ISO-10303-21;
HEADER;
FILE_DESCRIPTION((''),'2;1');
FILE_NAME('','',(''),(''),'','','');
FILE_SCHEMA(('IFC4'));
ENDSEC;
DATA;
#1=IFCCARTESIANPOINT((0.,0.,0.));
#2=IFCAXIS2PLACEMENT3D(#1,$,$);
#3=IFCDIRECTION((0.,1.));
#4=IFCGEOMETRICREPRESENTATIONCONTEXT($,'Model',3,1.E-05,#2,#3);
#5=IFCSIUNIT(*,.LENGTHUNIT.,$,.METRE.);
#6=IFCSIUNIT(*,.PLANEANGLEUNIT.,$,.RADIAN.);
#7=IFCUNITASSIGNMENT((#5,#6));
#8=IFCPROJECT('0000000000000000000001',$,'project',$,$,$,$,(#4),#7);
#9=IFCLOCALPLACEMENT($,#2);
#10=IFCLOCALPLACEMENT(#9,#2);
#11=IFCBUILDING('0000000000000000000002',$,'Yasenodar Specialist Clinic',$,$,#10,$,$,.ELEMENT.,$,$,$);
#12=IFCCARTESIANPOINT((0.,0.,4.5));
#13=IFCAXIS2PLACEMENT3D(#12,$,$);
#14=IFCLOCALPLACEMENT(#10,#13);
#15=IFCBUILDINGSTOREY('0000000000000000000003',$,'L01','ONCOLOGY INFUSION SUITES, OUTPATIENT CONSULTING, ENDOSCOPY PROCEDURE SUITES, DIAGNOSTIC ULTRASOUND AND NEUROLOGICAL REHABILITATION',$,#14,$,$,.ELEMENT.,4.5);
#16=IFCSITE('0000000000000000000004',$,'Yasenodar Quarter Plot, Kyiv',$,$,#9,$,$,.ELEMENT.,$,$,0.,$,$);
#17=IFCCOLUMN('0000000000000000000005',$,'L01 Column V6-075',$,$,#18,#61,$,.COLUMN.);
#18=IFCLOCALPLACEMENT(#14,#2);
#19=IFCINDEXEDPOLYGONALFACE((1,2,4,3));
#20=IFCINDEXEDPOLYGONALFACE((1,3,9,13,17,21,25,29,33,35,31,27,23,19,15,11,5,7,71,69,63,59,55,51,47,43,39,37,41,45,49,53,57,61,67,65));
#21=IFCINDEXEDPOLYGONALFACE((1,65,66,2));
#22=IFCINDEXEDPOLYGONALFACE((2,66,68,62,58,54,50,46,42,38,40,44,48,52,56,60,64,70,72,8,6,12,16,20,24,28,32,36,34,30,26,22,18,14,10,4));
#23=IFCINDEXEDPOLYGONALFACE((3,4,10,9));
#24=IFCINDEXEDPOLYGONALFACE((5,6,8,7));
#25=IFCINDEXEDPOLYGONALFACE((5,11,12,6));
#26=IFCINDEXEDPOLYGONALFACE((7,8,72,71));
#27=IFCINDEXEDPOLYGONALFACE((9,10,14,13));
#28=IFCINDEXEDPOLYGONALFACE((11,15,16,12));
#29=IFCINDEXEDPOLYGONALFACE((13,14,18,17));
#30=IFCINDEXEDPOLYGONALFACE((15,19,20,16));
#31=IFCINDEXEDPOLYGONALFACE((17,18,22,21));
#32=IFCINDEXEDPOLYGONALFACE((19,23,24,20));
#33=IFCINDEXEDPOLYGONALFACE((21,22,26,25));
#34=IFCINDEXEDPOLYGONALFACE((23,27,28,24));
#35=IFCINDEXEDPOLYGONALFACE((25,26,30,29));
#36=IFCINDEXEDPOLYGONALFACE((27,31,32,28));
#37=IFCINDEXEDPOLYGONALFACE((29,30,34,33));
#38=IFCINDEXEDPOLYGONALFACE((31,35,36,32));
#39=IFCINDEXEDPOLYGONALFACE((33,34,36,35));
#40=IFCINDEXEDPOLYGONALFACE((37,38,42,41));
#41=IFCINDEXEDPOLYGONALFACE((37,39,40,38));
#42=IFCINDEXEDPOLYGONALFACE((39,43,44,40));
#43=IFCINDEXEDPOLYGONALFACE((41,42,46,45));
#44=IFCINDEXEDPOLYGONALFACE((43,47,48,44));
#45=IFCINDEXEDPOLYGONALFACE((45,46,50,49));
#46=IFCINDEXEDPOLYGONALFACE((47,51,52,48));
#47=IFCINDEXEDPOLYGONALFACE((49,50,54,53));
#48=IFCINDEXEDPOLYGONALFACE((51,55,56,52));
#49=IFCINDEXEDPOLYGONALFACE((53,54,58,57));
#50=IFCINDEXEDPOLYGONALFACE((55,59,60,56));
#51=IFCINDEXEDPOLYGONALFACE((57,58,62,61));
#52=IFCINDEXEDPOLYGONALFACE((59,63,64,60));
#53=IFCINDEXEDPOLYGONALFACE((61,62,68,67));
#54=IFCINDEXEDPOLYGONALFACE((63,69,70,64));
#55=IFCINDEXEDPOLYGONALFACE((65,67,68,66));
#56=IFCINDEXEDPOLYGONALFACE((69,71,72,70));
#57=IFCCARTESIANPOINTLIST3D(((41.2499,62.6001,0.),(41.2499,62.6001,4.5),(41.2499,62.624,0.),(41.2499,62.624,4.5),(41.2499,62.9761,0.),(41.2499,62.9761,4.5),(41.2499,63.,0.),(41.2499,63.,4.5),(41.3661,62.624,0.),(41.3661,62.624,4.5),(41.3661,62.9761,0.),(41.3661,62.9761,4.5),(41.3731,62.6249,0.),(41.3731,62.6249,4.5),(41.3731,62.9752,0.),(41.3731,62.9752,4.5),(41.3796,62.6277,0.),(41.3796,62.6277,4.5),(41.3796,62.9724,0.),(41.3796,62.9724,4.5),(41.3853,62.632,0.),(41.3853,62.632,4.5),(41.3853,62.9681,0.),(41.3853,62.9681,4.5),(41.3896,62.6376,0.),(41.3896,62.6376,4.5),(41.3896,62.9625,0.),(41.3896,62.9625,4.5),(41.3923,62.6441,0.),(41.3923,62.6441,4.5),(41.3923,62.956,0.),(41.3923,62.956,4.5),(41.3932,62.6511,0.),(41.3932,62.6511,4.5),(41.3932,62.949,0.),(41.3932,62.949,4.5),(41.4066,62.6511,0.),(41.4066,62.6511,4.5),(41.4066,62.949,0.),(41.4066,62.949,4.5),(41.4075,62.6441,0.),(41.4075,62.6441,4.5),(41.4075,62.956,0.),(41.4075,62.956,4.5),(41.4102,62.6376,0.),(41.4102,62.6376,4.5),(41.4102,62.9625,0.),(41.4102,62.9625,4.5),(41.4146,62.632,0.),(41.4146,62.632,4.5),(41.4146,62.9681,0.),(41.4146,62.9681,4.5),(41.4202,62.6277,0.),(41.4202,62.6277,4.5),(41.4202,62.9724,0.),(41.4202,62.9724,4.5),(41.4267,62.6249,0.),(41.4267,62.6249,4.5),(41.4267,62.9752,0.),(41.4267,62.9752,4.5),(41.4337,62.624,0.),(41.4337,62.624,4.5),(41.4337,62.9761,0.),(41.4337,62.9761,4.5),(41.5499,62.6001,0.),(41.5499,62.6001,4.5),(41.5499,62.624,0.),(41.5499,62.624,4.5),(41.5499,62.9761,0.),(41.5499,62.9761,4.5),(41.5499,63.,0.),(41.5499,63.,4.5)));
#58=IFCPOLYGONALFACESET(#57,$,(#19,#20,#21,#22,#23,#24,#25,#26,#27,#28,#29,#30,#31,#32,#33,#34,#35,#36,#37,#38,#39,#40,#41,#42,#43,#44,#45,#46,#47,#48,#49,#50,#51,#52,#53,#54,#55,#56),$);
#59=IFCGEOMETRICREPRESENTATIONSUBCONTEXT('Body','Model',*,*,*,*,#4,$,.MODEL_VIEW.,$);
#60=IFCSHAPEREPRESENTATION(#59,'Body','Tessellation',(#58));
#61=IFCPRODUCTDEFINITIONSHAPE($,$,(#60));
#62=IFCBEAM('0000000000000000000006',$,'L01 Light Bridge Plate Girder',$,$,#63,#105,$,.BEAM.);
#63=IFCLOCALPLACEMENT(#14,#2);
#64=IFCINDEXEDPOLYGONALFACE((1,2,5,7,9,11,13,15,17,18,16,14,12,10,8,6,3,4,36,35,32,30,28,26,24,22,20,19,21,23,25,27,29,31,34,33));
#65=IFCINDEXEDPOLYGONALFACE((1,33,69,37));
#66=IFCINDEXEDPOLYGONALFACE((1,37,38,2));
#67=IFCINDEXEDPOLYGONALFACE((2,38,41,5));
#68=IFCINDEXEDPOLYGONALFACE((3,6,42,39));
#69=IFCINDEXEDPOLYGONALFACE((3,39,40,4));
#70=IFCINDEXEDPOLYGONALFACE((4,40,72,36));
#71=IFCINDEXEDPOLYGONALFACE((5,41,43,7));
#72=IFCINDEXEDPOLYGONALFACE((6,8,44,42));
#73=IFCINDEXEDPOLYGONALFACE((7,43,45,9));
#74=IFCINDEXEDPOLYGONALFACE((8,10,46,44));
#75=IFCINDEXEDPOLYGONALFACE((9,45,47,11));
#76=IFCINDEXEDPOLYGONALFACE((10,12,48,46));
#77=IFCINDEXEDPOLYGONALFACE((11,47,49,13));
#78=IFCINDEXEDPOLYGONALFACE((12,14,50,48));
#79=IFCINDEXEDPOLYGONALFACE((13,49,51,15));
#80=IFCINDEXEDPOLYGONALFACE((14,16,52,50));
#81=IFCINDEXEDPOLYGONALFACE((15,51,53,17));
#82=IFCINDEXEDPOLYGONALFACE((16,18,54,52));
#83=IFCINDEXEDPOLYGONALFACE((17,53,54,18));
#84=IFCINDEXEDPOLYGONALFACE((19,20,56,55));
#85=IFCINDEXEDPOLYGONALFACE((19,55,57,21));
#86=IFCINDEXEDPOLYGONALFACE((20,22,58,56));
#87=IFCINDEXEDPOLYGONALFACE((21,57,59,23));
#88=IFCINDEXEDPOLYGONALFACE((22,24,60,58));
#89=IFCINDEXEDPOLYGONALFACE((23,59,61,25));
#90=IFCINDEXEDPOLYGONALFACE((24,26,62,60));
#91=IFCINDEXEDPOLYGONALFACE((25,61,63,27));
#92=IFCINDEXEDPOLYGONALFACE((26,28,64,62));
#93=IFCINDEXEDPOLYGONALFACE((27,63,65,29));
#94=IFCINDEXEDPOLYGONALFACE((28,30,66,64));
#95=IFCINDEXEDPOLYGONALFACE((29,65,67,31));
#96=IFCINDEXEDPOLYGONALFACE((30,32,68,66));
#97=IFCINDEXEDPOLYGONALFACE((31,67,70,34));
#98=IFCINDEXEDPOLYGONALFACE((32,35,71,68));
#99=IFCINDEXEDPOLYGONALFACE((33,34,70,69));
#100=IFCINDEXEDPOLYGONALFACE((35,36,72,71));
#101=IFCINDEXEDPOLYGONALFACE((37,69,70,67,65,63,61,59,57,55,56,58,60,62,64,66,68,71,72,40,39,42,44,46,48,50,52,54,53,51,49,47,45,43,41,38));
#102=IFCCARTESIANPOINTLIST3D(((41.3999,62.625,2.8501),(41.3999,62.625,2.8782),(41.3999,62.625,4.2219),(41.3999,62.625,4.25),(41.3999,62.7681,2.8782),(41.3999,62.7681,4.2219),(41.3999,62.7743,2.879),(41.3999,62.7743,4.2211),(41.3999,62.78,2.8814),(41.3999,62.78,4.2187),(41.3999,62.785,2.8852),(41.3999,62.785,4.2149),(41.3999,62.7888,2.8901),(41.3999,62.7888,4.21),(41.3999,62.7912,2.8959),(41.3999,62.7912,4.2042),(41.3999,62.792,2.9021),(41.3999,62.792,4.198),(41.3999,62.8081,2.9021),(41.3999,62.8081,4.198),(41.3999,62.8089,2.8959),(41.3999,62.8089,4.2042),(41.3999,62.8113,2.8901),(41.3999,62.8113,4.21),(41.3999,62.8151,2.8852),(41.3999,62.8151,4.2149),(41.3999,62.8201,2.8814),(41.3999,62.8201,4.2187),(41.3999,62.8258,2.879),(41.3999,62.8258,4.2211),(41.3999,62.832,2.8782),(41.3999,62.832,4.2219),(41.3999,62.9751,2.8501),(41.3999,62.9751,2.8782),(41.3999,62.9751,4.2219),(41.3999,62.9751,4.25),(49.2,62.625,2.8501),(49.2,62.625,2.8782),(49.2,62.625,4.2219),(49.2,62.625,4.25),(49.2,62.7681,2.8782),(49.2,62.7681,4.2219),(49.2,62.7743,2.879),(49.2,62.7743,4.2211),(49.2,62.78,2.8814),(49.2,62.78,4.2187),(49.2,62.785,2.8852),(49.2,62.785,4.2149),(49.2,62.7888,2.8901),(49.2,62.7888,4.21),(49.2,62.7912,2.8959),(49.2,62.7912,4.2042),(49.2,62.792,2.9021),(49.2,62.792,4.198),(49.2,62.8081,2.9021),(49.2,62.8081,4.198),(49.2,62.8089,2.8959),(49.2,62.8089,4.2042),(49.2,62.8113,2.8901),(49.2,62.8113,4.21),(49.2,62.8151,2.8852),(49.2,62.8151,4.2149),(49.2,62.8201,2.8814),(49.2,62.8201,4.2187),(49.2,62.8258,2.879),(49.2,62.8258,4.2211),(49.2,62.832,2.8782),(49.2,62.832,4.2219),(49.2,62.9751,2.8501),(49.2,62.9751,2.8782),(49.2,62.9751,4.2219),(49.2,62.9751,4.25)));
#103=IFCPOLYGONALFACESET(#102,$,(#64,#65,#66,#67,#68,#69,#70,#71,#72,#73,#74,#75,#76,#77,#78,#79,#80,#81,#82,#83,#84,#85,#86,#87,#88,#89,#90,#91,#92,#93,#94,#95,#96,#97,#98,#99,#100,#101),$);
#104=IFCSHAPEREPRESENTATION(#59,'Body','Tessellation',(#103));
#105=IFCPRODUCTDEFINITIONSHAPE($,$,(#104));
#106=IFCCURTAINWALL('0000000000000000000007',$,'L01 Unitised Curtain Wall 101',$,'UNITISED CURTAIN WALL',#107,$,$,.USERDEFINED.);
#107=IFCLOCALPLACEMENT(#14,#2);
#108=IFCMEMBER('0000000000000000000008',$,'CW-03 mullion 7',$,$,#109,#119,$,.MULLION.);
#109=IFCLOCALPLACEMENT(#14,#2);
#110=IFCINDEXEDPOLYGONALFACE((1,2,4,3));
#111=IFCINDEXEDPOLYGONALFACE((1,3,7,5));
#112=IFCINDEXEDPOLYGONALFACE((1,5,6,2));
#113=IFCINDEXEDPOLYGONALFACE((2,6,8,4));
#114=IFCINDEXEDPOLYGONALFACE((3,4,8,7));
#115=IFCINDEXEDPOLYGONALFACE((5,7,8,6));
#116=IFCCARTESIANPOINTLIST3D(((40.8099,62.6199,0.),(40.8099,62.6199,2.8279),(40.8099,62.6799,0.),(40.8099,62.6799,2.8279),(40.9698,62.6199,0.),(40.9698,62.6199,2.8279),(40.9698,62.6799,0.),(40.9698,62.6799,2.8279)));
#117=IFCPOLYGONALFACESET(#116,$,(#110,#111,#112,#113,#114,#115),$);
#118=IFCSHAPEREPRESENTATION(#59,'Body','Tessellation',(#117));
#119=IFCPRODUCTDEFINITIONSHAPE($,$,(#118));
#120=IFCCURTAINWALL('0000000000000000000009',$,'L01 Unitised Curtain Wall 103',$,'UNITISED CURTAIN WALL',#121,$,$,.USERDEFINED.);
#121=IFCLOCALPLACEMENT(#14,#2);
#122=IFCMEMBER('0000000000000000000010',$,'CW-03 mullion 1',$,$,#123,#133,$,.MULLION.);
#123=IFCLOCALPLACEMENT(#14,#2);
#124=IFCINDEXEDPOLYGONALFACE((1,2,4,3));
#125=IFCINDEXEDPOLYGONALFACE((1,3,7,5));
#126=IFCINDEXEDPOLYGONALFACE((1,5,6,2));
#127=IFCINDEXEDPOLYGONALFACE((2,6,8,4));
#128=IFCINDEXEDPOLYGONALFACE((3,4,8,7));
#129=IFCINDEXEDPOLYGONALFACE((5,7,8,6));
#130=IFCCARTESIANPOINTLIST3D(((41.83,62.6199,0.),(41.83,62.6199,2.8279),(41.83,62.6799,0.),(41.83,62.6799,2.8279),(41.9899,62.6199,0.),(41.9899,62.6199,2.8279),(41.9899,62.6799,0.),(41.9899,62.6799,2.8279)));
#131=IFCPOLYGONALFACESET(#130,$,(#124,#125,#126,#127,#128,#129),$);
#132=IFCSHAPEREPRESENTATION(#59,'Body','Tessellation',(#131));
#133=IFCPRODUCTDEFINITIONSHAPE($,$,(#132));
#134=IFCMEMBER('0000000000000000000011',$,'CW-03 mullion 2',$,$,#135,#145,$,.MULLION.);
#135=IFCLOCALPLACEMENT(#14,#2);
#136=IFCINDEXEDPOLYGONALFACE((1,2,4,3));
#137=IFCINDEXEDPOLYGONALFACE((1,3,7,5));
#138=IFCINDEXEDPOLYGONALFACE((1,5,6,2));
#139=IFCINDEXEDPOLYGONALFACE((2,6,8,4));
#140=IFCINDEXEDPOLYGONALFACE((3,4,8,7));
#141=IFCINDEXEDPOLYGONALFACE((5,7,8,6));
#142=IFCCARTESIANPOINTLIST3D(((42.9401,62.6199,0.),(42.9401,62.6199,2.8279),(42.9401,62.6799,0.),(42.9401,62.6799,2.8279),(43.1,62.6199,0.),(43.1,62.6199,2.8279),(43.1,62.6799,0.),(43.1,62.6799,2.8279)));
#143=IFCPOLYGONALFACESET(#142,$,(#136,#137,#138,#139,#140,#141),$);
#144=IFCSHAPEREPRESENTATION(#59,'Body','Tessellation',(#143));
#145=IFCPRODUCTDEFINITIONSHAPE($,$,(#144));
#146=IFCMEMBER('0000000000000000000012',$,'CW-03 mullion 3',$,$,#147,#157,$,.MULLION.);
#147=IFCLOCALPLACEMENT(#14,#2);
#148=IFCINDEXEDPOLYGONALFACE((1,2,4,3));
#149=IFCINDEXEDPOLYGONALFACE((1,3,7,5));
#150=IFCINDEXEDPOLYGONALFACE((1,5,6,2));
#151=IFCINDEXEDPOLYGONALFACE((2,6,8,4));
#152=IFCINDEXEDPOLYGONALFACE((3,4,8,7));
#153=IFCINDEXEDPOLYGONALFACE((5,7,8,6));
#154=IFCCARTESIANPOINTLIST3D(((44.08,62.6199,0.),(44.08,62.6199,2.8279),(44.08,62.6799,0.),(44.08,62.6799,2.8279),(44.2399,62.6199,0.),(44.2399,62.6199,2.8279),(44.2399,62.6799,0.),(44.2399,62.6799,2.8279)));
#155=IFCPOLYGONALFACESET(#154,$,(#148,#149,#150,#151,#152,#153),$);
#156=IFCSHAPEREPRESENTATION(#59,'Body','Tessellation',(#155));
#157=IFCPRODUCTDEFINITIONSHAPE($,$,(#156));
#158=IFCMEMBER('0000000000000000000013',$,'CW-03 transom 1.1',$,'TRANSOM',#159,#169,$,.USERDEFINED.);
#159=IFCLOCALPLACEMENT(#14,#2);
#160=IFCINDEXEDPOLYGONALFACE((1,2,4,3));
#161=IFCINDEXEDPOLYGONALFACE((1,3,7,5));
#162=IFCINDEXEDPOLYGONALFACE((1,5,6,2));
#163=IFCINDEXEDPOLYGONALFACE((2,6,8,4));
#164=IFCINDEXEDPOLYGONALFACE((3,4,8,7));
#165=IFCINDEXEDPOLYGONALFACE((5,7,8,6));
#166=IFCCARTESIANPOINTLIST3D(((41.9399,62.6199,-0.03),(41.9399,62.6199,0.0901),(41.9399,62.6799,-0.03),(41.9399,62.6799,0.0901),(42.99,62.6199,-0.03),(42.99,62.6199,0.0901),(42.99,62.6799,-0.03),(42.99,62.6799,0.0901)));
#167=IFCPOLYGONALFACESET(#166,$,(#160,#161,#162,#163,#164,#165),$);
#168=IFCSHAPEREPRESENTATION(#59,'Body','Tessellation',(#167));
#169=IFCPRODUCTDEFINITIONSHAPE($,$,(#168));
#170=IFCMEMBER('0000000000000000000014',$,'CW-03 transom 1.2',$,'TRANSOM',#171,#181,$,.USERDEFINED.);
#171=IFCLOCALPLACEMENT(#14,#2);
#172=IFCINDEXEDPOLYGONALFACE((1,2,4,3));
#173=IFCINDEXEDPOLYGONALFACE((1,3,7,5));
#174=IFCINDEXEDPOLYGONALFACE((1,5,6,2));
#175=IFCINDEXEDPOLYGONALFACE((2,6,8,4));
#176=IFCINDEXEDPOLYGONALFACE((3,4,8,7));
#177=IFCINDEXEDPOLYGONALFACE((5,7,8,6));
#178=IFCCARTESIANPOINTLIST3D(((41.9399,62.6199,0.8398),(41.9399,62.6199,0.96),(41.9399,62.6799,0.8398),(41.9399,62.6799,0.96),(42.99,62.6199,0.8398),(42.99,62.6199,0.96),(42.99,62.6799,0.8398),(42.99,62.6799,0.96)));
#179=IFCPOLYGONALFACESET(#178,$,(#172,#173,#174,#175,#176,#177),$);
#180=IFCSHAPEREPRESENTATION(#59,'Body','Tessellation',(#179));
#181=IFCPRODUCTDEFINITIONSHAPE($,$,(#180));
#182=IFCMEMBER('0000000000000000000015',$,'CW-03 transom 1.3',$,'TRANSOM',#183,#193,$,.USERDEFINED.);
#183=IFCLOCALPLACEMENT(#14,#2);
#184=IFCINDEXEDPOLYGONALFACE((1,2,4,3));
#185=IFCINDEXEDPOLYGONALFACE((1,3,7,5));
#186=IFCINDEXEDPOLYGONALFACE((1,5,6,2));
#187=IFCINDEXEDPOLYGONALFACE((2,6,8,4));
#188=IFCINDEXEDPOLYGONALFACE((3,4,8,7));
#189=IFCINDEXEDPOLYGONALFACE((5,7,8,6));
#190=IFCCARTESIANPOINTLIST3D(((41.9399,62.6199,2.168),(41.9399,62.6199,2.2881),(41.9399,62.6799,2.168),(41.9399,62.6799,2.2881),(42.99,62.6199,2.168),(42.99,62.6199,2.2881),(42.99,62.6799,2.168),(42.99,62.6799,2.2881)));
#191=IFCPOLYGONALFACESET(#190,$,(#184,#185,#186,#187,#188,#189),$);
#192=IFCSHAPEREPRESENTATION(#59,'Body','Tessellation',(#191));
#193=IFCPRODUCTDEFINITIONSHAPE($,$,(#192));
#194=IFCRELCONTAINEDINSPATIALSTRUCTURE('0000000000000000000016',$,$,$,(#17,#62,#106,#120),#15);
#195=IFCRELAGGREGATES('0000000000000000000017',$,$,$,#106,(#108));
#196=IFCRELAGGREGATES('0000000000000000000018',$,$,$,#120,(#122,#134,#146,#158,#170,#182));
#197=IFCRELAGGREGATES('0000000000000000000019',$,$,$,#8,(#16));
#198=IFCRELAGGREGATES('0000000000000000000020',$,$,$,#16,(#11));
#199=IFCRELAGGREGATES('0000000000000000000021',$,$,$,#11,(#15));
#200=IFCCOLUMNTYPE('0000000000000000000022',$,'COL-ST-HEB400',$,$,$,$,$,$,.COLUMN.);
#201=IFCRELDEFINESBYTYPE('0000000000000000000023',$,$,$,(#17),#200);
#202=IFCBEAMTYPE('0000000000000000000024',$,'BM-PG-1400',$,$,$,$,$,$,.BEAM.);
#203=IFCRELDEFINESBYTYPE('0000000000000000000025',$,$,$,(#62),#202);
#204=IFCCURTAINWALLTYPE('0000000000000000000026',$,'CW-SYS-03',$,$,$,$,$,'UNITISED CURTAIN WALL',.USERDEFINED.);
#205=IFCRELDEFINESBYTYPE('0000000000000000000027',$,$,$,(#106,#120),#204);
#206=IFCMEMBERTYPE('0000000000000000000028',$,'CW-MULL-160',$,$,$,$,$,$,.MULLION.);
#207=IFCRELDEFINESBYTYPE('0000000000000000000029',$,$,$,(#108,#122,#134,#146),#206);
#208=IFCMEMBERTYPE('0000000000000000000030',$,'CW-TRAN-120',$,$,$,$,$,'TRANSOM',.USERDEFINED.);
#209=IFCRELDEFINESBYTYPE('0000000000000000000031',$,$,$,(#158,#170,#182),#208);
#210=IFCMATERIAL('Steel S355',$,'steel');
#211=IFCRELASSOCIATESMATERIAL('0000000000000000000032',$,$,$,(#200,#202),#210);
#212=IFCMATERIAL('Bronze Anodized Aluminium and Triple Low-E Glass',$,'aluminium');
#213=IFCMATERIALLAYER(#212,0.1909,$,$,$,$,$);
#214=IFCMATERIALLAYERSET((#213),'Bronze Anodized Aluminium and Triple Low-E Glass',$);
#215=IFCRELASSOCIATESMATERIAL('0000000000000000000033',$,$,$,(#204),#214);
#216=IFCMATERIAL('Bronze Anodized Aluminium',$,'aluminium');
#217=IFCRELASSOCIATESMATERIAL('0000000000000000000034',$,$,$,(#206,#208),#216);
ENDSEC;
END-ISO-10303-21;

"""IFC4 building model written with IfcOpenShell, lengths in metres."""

from ifc_helpers import new_model, si_unit, direction, frame, origin, origin_2d, place, context, subcontext, project, spatial, rectangle, i_section, extrude, material, layer, layer_set, material_profile, profile_set, type_object, element, aggregate, save


model = new_model("IFC4")

# Units and contexts
model_context = context("Model", 3, precision=1e-05, world=origin(), true_north=direction((0.0, 1.0)))
body_context = subcontext(model_context, "Body", "Model", "MODEL_VIEW")
ifc_project = project(units=[si_unit("LENGTHUNIT", "METRE"), si_unit("PLANEANGLEUNIT", "RADIAN")], contexts=[model_context])

# Site, building, storey
site_placement = place(None, origin())
site = spatial("IfcSite", under=ifc_project, at=site_placement, Name="Yasenodar Quarter Plot, Kyiv", CompositionType="ELEMENT", RefElevation=0.0)
building_placement = place(site_placement, origin())
building = spatial("IfcBuilding", under=site, at=building_placement, Name="Yasenodar Specialist Clinic", CompositionType="ELEMENT")
storey_placement = place(building_placement, frame((0.0, 0.0, 4.5)))
storey = spatial("IfcBuildingStorey", under=building, at=storey_placement, Name="L01", Description="ONCOLOGY INFUSION SUITES, OUTPATIENT CONSULTING, ENDOSCOPY PROCEDURE SUITES, DIAGNOSTIC ULTRASOUND AND NEUROLOGICAL REHABILITATION", CompositionType="ELEMENT", Elevation=4.5)

# Column
ifc_material_1 = material(Name="Steel S355", Category="steel")
ifc_material_profile_1 = material_profile(ifc_material_1, i_section(OverallWidth=0.3, OverallDepth=0.3999, WebThickness=0.0134, FlangeThickness=0.0239, FilletRadius=0.0271, at=origin_2d()), Name="HEB 400")
ifc_profile_set_1 = profile_set([ifc_material_profile_1], Name="Steel S355")
column_type = type_object("IfcColumnType", Name="COL-ST-HEB400", PredefinedType="COLUMN", material=ifc_profile_set_1)
column_placement = place(storey_placement, frame((41.3999, 62.8, 0.0), z_axis=(0.0, 0.0, 1.0), x_axis=(1.0, 0.0, 0.0)))
element("IfcColumn", 1, at=column_placement, inside=storey, type_object=column_type, Name="L01 Column V6-075", PredefinedType="COLUMN", context=body_context, shape_type="SweptSolid", body=[
    extrude(i_section(OverallWidth=0.3, OverallDepth=0.3999, WebThickness=0.0134, FlangeThickness=0.0239, FilletRadius=0.0271, at=origin_2d()), origin(), (0.0, 0.0, 1.0), 4.5),
])

# Beam
ifc_material_profile_2 = material_profile(ifc_material_1, i_section(OverallWidth=0.3501, OverallDepth=1.3999, WebThickness=0.0161, FlangeThickness=0.0281, FilletRadius=0.0239, at=origin_2d()), Name="PG 1400x350")
ifc_profile_set_2 = profile_set([ifc_material_profile_2], Name="Steel S355")
beam_type = type_object("IfcBeamType", Name="BM-PG-1400", PredefinedType="BEAM", material=ifc_profile_set_2)
beam_placement = place(storey_placement, frame((41.3999, 62.8, 3.55), z_axis=(1.0, 0.0, 0.0), x_axis=(0.0, 1.0, 0.0)))
element("IfcBeam", 2, at=beam_placement, inside=storey, type_object=beam_type, Name="L01 Light Bridge Plate Girder", PredefinedType="BEAM", context=body_context, shape_type="SweptSolid", body=[
    extrude(i_section(OverallWidth=0.3501, OverallDepth=1.3999, WebThickness=0.0161, FlangeThickness=0.0281, FilletRadius=0.0239, at=origin_2d()), origin(), (0.0, 0.0, 1.0), 7.8),
])

# Curtain wall, member
ifc_material_2 = material(Name="Bronze Anodized Aluminium and Triple Low-E Glass", Category="aluminium")
ifc_layer_1 = layer(ifc_material_2, 0.1909)
ifc_layer_set_1 = layer_set([ifc_layer_1], Name="Bronze Anodized Aluminium and Triple Low-E Glass")
curtain_wall_type = type_object("IfcCurtainWallType", Name="CW-SYS-03", ElementType="UNITISED CURTAIN WALL", PredefinedType="USERDEFINED", material=ifc_layer_set_1)
curtain_wall_1_placement = place(storey_placement, origin())
curtain_wall_1 = element("IfcCurtainWall", 3, at=curtain_wall_1_placement, inside=storey, type_object=curtain_wall_type, Name="L01 Unitised Curtain Wall 101", ObjectType="UNITISED CURTAIN WALL", PredefinedType="USERDEFINED")
ifc_material_3 = material(Name="Bronze Anodized Aluminium", Category="aluminium")
ifc_material_profile_3 = material_profile(ifc_material_3, rectangle(XDim=0.0601, YDim=0.1599, at=origin_2d()), Name="CW-MULL 60x160")
ifc_profile_set_3 = profile_set([ifc_material_profile_3], Name="Bronze Anodized Aluminium")
member_type_1 = type_object("IfcMemberType", Name="CW-MULL-160", PredefinedType="MULLION", material=ifc_profile_set_3)
member_1_placement = place(storey_placement, frame((40.8899, 62.6499, 0.0), z_axis=(0.0, 0.0, 1.0), x_axis=(0.0, 1.0, 0.0)))
member_1 = element("IfcMember", 4, at=member_1_placement, type_object=member_type_1, Name="CW-03 mullion 7", PredefinedType="MULLION", context=body_context, shape_type="SweptSolid", body=[
    extrude(rectangle(XDim=0.0601, YDim=0.1599, at=origin_2d()), origin(), (0.0, 0.0, 1.0), 2.8279),
])

# Curtain wall, members
curtain_wall_2_placement = place(storey_placement, origin())
curtain_wall_2 = element("IfcCurtainWall", 5, at=curtain_wall_2_placement, inside=storey, type_object=curtain_wall_type, Name="L01 Unitised Curtain Wall 103", ObjectType="UNITISED CURTAIN WALL", PredefinedType="USERDEFINED")
member_2_placement = place(storey_placement, frame((41.9099, 62.6499, 0.0), z_axis=(0.0, 0.0, 1.0), x_axis=(0.0, 1.0, 0.0)))
member_2 = element("IfcMember", 6, at=member_2_placement, type_object=member_type_1, Name="CW-03 mullion 1", PredefinedType="MULLION", context=body_context, shape_type="SweptSolid", body=[
    extrude(rectangle(XDim=0.0601, YDim=0.1599, at=origin_2d()), origin(), (0.0, 0.0, 1.0), 2.8279),
])
member_3_placement = place(storey_placement, frame((43.02, 62.6499, 0.0), z_axis=(0.0, 0.0, 1.0), x_axis=(0.0, 1.0, 0.0)))
member_3 = element("IfcMember", 7, at=member_3_placement, type_object=member_type_1, Name="CW-03 mullion 2", PredefinedType="MULLION", context=body_context, shape_type="SweptSolid", body=[
    extrude(rectangle(XDim=0.0601, YDim=0.1599, at=origin_2d()), origin(), (0.0, 0.0, 1.0), 2.8279),
])
member_4_placement = place(storey_placement, frame((44.1599, 62.6499, 0.0), z_axis=(0.0, 0.0, 1.0), x_axis=(0.0, 1.0, 0.0)))
member_4 = element("IfcMember", 8, at=member_4_placement, type_object=member_type_1, Name="CW-03 mullion 3", PredefinedType="MULLION", context=body_context, shape_type="SweptSolid", body=[
    extrude(rectangle(XDim=0.0601, YDim=0.1599, at=origin_2d()), origin(), (0.0, 0.0, 1.0), 2.8279),
])
ifc_material_profile_4 = material_profile(ifc_material_3, rectangle(XDim=0.0601, YDim=0.1201, at=origin_2d()), Name="CW-TRAN 60x120")
ifc_profile_set_4 = profile_set([ifc_material_profile_4], Name="Bronze Anodized Aluminium")
member_type_2 = type_object("IfcMemberType", Name="CW-TRAN-120", ElementType="TRANSOM", PredefinedType="USERDEFINED", material=ifc_profile_set_4)
member_5_placement = place(storey_placement, frame((41.9399, 62.6499, 0.03), z_axis=(1.0, 0.0, 0.0), x_axis=(0.0, 1.0, 0.0)))
member_5 = element("IfcMember", 9, at=member_5_placement, type_object=member_type_2, Name="CW-03 transom 1.1", ObjectType="TRANSOM", PredefinedType="USERDEFINED", context=body_context, shape_type="SweptSolid", body=[
    extrude(rectangle(XDim=0.0601, YDim=0.1201, at=origin_2d()), origin(), (0.0, 0.0, 1.0), 1.05),
])
member_6_placement = place(storey_placement, frame((41.9399, 62.6499, 0.8999), z_axis=(1.0, 0.0, 0.0), x_axis=(0.0, 1.0, 0.0)))
member_6 = element("IfcMember", 10, at=member_6_placement, type_object=member_type_2, Name="CW-03 transom 1.2", ObjectType="TRANSOM", PredefinedType="USERDEFINED", context=body_context, shape_type="SweptSolid", body=[
    extrude(rectangle(XDim=0.0601, YDim=0.1201, at=origin_2d()), origin(), (0.0, 0.0, 1.0), 1.05),
])
member_7_placement = place(storey_placement, frame((41.9399, 62.6499, 2.228), z_axis=(1.0, 0.0, 0.0), x_axis=(0.0, 1.0, 0.0)))
member_7 = element("IfcMember", 11, at=member_7_placement, type_object=member_type_2, Name="CW-03 transom 1.3", ObjectType="TRANSOM", PredefinedType="USERDEFINED", context=body_context, shape_type="SweptSolid", body=[
    extrude(rectangle(XDim=0.0601, YDim=0.1201, at=origin_2d()), origin(), (0.0, 0.0, 1.0), 1.05),
])

aggregate(curtain_wall_1, [member_1])
aggregate(curtain_wall_2, [member_2, member_3, member_4, member_5, member_6, member_7])

save(model, "model.ifc")
